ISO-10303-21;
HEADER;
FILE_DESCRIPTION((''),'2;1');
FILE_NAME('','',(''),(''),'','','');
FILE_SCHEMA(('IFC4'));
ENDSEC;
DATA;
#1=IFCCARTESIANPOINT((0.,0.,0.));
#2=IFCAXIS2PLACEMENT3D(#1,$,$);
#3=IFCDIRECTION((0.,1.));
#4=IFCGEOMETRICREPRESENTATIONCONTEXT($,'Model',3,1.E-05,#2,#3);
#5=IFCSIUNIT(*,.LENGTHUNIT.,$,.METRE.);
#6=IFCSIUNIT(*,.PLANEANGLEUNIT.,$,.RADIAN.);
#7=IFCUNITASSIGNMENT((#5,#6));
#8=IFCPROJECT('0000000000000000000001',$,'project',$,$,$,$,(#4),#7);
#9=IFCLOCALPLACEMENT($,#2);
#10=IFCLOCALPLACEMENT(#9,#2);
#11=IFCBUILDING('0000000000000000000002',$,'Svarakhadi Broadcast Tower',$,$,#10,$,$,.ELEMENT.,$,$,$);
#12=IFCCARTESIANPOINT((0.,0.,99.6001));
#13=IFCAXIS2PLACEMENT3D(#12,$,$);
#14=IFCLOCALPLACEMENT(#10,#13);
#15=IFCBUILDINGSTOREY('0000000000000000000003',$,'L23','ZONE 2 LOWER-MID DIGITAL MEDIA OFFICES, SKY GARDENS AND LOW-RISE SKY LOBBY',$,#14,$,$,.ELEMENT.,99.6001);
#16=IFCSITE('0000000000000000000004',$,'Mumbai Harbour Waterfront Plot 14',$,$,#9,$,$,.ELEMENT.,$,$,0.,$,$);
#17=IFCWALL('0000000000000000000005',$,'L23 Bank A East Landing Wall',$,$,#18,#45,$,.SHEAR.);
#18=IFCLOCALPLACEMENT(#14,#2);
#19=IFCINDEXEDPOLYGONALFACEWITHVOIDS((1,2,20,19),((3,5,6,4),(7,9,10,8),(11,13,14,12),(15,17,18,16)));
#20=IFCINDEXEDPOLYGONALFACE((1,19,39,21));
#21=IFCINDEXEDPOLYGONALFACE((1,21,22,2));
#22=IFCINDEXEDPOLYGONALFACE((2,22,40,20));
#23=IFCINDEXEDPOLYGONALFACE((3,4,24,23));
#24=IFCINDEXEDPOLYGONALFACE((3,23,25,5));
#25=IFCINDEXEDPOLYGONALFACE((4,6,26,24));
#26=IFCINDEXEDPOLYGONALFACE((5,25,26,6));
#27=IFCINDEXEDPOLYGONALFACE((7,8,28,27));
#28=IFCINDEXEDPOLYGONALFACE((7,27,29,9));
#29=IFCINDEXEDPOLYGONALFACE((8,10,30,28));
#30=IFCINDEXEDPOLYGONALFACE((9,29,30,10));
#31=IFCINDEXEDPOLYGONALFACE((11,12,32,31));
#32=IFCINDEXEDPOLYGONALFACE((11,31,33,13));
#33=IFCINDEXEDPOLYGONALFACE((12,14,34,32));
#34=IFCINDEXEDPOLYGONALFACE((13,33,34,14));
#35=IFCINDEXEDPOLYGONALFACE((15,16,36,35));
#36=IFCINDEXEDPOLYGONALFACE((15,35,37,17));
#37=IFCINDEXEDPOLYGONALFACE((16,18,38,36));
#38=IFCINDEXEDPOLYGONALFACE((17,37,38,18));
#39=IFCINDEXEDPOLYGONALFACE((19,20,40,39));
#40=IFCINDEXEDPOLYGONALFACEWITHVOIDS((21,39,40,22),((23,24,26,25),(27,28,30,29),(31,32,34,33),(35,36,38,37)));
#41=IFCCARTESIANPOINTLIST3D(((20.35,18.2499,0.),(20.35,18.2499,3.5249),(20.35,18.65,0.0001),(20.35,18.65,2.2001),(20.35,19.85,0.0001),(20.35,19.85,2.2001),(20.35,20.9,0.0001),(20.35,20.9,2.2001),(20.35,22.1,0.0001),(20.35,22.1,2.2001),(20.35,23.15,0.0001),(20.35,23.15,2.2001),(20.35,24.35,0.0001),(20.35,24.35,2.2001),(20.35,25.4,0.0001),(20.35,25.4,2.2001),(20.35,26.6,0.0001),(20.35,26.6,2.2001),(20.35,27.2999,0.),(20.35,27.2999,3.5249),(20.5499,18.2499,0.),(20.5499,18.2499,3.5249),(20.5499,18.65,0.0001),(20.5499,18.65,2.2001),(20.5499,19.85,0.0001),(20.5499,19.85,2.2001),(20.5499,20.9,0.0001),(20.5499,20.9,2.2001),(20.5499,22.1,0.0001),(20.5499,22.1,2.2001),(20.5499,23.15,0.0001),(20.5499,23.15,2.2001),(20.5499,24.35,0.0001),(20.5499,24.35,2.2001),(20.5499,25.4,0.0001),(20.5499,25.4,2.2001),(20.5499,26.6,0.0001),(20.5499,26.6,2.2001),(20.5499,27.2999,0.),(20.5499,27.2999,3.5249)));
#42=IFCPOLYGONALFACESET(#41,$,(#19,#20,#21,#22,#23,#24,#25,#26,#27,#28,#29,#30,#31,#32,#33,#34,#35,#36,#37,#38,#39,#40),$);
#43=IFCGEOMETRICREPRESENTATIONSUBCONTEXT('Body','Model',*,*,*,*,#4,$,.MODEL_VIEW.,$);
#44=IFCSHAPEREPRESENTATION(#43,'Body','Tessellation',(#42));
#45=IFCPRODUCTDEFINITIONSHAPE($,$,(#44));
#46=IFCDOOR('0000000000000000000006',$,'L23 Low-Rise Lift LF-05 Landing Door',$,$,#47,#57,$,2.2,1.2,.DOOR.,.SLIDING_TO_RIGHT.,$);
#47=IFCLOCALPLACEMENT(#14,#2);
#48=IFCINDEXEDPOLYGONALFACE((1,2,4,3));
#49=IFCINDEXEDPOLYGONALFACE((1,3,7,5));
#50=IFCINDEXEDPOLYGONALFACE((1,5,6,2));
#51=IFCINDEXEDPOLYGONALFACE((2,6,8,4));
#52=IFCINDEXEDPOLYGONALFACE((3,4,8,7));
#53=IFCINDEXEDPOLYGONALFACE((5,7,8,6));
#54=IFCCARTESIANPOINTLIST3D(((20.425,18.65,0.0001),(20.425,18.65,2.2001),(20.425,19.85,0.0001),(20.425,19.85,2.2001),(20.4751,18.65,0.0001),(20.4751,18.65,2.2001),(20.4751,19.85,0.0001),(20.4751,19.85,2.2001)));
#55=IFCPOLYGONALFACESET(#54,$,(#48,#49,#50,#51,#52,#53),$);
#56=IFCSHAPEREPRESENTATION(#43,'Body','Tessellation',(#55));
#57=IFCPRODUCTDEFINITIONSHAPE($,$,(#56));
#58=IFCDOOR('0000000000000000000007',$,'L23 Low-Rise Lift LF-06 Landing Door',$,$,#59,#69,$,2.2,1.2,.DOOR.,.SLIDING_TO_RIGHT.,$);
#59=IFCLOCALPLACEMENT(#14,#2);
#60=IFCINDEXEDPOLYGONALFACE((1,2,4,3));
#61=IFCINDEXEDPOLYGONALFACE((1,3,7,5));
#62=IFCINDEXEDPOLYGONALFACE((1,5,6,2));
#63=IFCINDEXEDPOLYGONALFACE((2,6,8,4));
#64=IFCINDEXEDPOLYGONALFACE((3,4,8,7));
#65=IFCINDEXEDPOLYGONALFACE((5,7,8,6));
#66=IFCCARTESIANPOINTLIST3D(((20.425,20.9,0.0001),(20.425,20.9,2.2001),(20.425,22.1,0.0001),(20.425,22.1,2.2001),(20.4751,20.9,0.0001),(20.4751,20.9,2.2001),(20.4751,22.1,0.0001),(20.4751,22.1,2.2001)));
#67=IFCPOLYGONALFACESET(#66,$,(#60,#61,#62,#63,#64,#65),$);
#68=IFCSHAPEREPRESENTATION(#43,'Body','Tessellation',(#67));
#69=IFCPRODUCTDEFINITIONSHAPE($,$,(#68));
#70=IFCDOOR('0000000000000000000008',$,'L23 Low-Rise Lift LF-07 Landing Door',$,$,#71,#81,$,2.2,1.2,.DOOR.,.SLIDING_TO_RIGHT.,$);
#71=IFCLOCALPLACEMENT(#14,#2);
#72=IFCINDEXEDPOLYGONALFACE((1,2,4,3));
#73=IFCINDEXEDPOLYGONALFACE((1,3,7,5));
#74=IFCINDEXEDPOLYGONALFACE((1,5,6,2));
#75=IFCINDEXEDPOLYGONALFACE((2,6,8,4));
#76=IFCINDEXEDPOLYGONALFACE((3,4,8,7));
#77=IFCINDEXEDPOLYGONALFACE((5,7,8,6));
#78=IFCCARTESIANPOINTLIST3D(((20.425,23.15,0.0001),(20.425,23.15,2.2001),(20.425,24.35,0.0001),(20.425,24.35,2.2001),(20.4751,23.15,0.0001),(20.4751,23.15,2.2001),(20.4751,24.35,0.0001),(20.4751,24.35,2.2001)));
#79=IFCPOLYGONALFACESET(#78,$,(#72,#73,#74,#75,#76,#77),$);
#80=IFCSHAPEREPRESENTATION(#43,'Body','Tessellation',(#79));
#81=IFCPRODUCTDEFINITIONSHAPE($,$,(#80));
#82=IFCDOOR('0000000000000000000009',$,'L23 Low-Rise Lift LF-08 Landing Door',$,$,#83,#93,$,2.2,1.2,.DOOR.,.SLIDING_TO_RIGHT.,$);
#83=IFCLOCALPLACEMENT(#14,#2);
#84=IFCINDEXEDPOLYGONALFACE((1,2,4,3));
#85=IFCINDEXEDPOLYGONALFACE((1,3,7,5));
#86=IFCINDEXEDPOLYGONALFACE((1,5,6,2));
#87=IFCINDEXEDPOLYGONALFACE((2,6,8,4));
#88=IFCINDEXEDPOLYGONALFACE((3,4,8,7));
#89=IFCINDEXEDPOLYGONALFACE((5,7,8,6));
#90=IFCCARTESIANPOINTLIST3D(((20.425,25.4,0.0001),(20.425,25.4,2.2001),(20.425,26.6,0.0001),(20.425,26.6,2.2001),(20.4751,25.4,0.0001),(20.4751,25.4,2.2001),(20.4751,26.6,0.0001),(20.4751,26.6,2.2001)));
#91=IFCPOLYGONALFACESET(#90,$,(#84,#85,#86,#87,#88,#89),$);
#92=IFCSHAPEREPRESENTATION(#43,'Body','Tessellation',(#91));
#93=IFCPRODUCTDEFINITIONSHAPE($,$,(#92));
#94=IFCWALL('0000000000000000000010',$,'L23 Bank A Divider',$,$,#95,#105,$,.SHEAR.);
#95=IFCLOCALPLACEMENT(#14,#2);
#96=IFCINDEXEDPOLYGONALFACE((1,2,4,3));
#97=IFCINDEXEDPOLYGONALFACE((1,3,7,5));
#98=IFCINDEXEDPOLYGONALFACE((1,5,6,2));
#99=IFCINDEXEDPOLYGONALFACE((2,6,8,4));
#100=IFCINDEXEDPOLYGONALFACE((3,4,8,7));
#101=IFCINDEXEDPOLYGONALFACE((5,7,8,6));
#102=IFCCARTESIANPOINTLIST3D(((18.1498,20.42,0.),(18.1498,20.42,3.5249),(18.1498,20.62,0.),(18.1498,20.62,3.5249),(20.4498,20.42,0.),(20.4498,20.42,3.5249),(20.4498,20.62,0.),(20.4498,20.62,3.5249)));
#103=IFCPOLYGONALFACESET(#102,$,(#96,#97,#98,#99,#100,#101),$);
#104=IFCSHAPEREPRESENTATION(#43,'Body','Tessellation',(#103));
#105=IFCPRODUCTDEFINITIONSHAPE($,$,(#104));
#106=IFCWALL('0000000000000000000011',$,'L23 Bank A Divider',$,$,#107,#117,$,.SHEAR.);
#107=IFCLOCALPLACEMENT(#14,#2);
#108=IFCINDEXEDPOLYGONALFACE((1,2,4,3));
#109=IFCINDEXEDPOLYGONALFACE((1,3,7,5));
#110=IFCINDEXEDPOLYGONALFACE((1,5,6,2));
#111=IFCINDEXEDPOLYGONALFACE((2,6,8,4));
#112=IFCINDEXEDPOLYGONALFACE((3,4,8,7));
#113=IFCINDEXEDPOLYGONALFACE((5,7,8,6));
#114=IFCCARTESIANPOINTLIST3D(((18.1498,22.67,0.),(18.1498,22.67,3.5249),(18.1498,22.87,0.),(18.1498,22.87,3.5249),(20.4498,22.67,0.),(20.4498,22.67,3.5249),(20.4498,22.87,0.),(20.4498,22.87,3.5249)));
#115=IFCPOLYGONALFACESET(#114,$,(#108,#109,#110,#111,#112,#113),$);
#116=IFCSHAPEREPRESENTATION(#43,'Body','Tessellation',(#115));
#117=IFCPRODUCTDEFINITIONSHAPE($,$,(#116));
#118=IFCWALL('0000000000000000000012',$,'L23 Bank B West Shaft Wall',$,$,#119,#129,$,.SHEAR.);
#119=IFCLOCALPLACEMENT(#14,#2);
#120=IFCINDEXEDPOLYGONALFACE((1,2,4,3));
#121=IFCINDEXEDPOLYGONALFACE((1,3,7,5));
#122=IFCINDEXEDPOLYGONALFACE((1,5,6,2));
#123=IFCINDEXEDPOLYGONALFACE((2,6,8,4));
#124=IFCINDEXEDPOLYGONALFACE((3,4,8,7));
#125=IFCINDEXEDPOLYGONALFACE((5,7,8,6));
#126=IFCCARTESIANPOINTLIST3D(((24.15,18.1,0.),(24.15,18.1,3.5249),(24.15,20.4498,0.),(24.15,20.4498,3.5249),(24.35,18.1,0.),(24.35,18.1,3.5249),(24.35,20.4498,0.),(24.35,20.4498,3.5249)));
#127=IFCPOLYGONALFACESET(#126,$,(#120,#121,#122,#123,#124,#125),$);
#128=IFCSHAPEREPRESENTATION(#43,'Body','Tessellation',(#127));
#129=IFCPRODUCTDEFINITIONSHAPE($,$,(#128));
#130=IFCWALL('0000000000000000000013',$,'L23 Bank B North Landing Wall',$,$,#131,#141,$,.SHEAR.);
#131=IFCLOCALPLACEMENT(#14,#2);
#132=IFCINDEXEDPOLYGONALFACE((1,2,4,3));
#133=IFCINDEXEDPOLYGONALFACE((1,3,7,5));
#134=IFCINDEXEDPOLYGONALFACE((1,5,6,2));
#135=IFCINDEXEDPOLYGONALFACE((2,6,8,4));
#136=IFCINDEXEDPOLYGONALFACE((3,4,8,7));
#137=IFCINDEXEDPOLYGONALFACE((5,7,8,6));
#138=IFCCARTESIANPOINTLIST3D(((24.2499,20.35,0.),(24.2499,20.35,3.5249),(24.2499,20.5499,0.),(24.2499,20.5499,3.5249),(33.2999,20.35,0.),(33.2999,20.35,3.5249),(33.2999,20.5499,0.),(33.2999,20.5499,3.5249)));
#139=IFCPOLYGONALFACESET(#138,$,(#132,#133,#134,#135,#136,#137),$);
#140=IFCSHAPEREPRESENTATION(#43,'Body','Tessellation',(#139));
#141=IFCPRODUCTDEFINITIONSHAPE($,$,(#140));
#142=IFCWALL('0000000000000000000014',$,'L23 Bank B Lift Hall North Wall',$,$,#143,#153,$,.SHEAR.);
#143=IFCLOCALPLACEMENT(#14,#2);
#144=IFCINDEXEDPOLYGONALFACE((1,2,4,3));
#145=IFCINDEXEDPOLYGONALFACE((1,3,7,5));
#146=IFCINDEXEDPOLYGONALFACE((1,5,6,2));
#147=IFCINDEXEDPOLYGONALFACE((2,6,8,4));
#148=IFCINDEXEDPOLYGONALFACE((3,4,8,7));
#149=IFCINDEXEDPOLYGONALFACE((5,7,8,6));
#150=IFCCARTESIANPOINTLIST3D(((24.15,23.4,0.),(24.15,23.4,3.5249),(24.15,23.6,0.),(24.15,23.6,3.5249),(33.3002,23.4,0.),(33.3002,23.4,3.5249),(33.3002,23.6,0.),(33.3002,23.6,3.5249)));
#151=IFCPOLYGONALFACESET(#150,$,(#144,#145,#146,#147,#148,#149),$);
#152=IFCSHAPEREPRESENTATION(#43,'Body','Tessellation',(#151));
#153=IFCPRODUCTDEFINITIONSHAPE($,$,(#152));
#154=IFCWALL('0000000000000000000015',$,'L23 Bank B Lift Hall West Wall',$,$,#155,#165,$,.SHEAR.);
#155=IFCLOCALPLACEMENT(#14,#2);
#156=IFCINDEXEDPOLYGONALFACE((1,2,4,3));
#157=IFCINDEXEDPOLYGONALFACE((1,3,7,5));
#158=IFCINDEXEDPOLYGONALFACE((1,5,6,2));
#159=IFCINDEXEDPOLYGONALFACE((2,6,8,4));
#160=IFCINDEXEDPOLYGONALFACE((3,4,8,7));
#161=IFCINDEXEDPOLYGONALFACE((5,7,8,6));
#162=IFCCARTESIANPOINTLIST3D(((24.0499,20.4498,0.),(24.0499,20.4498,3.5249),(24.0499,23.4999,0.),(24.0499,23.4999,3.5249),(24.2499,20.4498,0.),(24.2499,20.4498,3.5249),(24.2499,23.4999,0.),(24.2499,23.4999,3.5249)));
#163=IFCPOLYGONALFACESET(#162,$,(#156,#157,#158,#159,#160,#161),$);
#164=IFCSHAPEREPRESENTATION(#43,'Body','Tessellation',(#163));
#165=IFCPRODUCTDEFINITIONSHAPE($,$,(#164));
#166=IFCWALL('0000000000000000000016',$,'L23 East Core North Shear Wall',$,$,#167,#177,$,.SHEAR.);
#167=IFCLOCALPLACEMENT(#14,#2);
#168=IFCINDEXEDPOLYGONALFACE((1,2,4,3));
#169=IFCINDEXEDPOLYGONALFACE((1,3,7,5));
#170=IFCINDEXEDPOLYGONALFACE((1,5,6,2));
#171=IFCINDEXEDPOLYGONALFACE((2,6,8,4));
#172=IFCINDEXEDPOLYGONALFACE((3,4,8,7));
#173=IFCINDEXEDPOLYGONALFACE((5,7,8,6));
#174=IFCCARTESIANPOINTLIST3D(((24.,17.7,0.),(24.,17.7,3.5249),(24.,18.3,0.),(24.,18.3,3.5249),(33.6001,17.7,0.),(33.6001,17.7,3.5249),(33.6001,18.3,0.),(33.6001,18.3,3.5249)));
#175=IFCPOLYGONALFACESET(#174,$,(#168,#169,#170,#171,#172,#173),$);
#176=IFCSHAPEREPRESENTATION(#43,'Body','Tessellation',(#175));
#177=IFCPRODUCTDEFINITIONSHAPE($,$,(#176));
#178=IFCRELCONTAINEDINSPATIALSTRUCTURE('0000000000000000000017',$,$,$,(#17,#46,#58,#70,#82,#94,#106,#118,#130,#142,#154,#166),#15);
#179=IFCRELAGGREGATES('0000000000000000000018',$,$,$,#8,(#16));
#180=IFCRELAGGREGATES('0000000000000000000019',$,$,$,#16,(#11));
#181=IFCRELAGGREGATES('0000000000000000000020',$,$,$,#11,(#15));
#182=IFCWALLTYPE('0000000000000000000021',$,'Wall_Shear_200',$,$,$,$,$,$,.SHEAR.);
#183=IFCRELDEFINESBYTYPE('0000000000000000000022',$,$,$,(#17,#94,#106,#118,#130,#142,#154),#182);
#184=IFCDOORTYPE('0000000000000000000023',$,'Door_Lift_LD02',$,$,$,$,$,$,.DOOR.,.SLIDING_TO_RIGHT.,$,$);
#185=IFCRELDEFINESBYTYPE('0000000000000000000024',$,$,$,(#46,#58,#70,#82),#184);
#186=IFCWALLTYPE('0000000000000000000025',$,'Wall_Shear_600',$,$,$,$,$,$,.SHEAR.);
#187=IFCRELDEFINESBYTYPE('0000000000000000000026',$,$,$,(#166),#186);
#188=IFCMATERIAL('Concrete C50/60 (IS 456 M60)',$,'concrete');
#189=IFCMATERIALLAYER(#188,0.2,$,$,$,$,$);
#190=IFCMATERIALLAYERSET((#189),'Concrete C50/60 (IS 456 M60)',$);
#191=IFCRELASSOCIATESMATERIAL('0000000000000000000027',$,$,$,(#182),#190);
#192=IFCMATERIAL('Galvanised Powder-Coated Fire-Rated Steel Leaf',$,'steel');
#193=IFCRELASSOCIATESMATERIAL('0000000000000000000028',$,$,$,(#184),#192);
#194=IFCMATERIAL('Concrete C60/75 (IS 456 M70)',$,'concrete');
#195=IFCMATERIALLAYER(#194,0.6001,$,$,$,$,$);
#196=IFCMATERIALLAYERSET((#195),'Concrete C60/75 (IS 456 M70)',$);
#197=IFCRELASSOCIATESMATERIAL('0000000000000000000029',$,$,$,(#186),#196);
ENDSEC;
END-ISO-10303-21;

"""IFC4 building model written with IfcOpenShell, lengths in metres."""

from ifc_helpers import new_model, si_unit, direction, frame, frame_2d, origin, place, context, subcontext, project, spatial, rectangle, extrude, material, layer, layer_set, type_object, element, fill, save


model = new_model("IFC4")

# Units and contexts
model_context = context("Model", 3, precision=1e-05, world=origin(), true_north=direction((0.0, 1.0)))
body_context = subcontext(model_context, "Body", "Model", "MODEL_VIEW")
ifc_project = project(units=[si_unit("LENGTHUNIT", "METRE"), si_unit("PLANEANGLEUNIT", "RADIAN")], contexts=[model_context])

# Site, building, storey
site_placement = place(None, origin())
site = spatial("IfcSite", under=ifc_project, at=site_placement, Name="Mumbai Harbour Waterfront Plot 14", CompositionType="ELEMENT", RefElevation=0.0)
building_placement = place(site_placement, origin())
building = spatial("IfcBuilding", under=site, at=building_placement, Name="Svarakhadi Broadcast Tower", CompositionType="ELEMENT")
storey_placement = place(building_placement, frame((0.0, 0.0, 99.6001)))
storey = spatial("IfcBuildingStorey", under=building, at=storey_placement, Name="L23", Description="ZONE 2 LOWER-MID DIGITAL MEDIA OFFICES, SKY GARDENS AND LOW-RISE SKY LOBBY", CompositionType="ELEMENT", Elevation=99.6001)

# Shared definitions
ifc_material_1 = material(Name="Concrete C50/60 (IS 456 M60)", Category="concrete")
ifc_layer_1 = layer(ifc_material_1, 0.2)
ifc_layer_set_1 = layer_set([ifc_layer_1], Name="Concrete C50/60 (IS 456 M60)")
wall_type_1 = type_object("IfcWallType", Name="Wall_Shear_200", PredefinedType="SHEAR", material=ifc_layer_set_1)

# Wall, openings, doors
wall_1_placement = place(storey_placement, frame((20.45, 18.25, 0.0), z_axis=(0.0, 0.0, 1.0), x_axis=(0.0, 1.0, 0.0)))
wall_1 = element("IfcWall", 1, at=wall_1_placement, inside=storey, type_object=wall_type_1, Name="L23 Bank A East Landing Wall", PredefinedType="SHEAR", context=body_context, shape_type="SweptSolid", body=[
    extrude(rectangle(XDim=9.05, YDim=0.2, at=frame_2d((4.5249, 0.0))), origin(), (0.0, 0.0, 1.0), 3.5249),
])
opening_1_placement = place(wall_1_placement, frame((0.3999, 0.0, 0.0)))
opening_1 = element("IfcOpeningElement", 2, at=opening_1_placement, cuts=wall_1, PredefinedType="OPENING", context=body_context, shape_type="SweptSolid", body=[
    extrude(rectangle(XDim=1.2, YDim=2.2, at=frame_2d((0.6001, 1.1001))), frame((0.0, 0.1099, 0.0), z_axis=(0.0, -1.0, 0.0), x_axis=(1.0, 0.0, 0.0)), (0.0, 0.0, 1.0), 0.22),
])
opening_2_placement = place(wall_1_placement, frame((2.6499, 0.0, 0.0)))
opening_2 = element("IfcOpeningElement", 3, at=opening_2_placement, cuts=wall_1, PredefinedType="OPENING", context=body_context, shape_type="SweptSolid", body=[
    extrude(rectangle(XDim=1.2, YDim=2.2, at=frame_2d((0.6001, 1.1001))), frame((0.0, 0.1099, 0.0), z_axis=(0.0, -1.0, 0.0), x_axis=(1.0, 0.0, 0.0)), (0.0, 0.0, 1.0), 0.22),
])
opening_3_placement = place(wall_1_placement, frame((4.8999, 0.0, 0.0)))
opening_3 = element("IfcOpeningElement", 4, at=opening_3_placement, cuts=wall_1, PredefinedType="OPENING", context=body_context, shape_type="SweptSolid", body=[
    extrude(rectangle(XDim=1.2, YDim=2.2, at=frame_2d((0.6001, 1.1001))), frame((0.0, 0.1099, 0.0), z_axis=(0.0, -1.0, 0.0), x_axis=(1.0, 0.0, 0.0)), (0.0, 0.0, 1.0), 0.22),
])
opening_4_placement = place(wall_1_placement, frame((7.1499, 0.0, 0.0)))
opening_4 = element("IfcOpeningElement", 5, at=opening_4_placement, cuts=wall_1, PredefinedType="OPENING", context=body_context, shape_type="SweptSolid", body=[
    extrude(rectangle(XDim=1.2, YDim=2.2, at=frame_2d((0.6001, 1.1001))), frame((0.0, 0.1099, 0.0), z_axis=(0.0, -1.0, 0.0), x_axis=(1.0, 0.0, 0.0)), (0.0, 0.0, 1.0), 0.22),
])
ifc_material_2 = material(Name="Galvanised Powder-Coated Fire-Rated Steel Leaf", Category="steel")
door_type = type_object("IfcDoorType", Name="Door_Lift_LD02", OperationType="SLIDING_TO_RIGHT", PredefinedType="DOOR", material=ifc_material_2)
door_1_placement = place(opening_1_placement, origin())
door_1 = element("IfcDoor", 6, at=door_1_placement, inside=storey, type_object=door_type, Name="L23 Low-Rise Lift LF-05 Landing Door", OperationType="SLIDING_TO_RIGHT", OverallHeight=2.2, OverallWidth=1.2, PredefinedType="DOOR", context=body_context, shape_type="SweptSolid", body=[
    extrude(rectangle(XDim=1.2, YDim=2.2, at=frame_2d((0.6001, 1.1001))), frame((0.0, 0.0249, 0.0), z_axis=(0.0, -1.0, 0.0), x_axis=(1.0, 0.0, 0.0)), (0.0, 0.0, 1.0), 0.05),
])
fill(opening_1, door_1)
door_2_placement = place(opening_2_placement, origin())
door_2 = element("IfcDoor", 7, at=door_2_placement, inside=storey, type_object=door_type, Name="L23 Low-Rise Lift LF-06 Landing Door", OperationType="SLIDING_TO_RIGHT", OverallHeight=2.2, OverallWidth=1.2, PredefinedType="DOOR", context=body_context, shape_type="SweptSolid", body=[
    extrude(rectangle(XDim=1.2, YDim=2.2, at=frame_2d((0.6001, 1.1001))), frame((0.0, 0.0249, 0.0), z_axis=(0.0, -1.0, 0.0), x_axis=(1.0, 0.0, 0.0)), (0.0, 0.0, 1.0), 0.05),
])
fill(opening_2, door_2)
door_3_placement = place(opening_3_placement, origin())
door_3 = element("IfcDoor", 8, at=door_3_placement, inside=storey, type_object=door_type, Name="L23 Low-Rise Lift LF-07 Landing Door", OperationType="SLIDING_TO_RIGHT", OverallHeight=2.2, OverallWidth=1.2, PredefinedType="DOOR", context=body_context, shape_type="SweptSolid", body=[
    extrude(rectangle(XDim=1.2, YDim=2.2, at=frame_2d((0.6001, 1.1001))), frame((0.0, 0.0249, 0.0), z_axis=(0.0, -1.0, 0.0), x_axis=(1.0, 0.0, 0.0)), (0.0, 0.0, 1.0), 0.05),
])
fill(opening_3, door_3)
door_4_placement = place(opening_4_placement, origin())
door_4 = element("IfcDoor", 9, at=door_4_placement, inside=storey, type_object=door_type, Name="L23 Low-Rise Lift LF-08 Landing Door", OperationType="SLIDING_TO_RIGHT", OverallHeight=2.2, OverallWidth=1.2, PredefinedType="DOOR", context=body_context, shape_type="SweptSolid", body=[
    extrude(rectangle(XDim=1.2, YDim=2.2, at=frame_2d((0.6001, 1.1001))), frame((0.0, 0.0249, 0.0), z_axis=(0.0, -1.0, 0.0), x_axis=(1.0, 0.0, 0.0)), (0.0, 0.0, 1.0), 0.05),
])
fill(opening_4, door_4)

# Walls
for number, where, z_axis, x_axis, name in (
    (10, (18.1499, 20.52, 0.0), (0.0, 0.0, 1.0), (1.0, 0.0, 0.0), "L23 Bank A Divider"),
    (11, (18.1499, 22.77, 0.0), (0.0, 0.0, 1.0), (1.0, 0.0, 0.0), "L23 Bank A Divider"),
):
    element("IfcWall", number, at=place(storey_placement, frame(where, z_axis=z_axis, x_axis=x_axis)), inside=storey, type_object=wall_type_1, Name=name, PredefinedType="SHEAR", context=body_context, shape_type="SweptSolid", body=[
        extrude(rectangle(XDim=2.3, YDim=0.2, at=frame_2d((1.1499, 0.0))), origin(), (0.0, 0.0, 1.0), 3.5249),
    ])
wall_2_placement = place(storey_placement, frame((24.25, 18.1001, 0.0), z_axis=(0.0, 0.0, 1.0), x_axis=(0.0, 1.0, 0.0)))
element("IfcWall", 12, at=wall_2_placement, inside=storey, type_object=wall_type_1, Name="L23 Bank B West Shaft Wall", PredefinedType="SHEAR", context=body_context, shape_type="SweptSolid", body=[
    extrude(rectangle(XDim=2.3499, YDim=0.2, at=frame_2d((1.1748, 0.0))), origin(), (0.0, 0.0, 1.0), 3.5249),
])
wall_3_placement = place(storey_placement, frame((24.25, 20.45, 0.0), z_axis=(0.0, 0.0, 1.0), x_axis=(1.0, 0.0, 0.0)))
element("IfcWall", 13, at=wall_3_placement, inside=storey, type_object=wall_type_1, Name="L23 Bank B North Landing Wall", PredefinedType="SHEAR", context=body_context, shape_type="SweptSolid", body=[
    extrude(rectangle(XDim=9.05, YDim=0.2, at=frame_2d((4.5249, 0.0))), origin(), (0.0, 0.0, 1.0), 3.5249),
])
wall_4_placement = place(storey_placement, frame((24.1499, 23.5, 0.0), z_axis=(0.0, 0.0, 1.0), x_axis=(1.0, 0.0, 0.0)))
element("IfcWall", 14, at=wall_4_placement, inside=storey, type_object=wall_type_1, Name="L23 Bank B Lift Hall North Wall", PredefinedType="SHEAR", context=body_context, shape_type="SweptSolid", body=[
    extrude(rectangle(XDim=9.1501, YDim=0.2, at=frame_2d((4.5752, 0.0))), origin(), (0.0, 0.0, 1.0), 3.5249),
])
wall_5_placement = place(storey_placement, frame((24.1499, 20.45, 0.0), z_axis=(0.0, 0.0, 1.0), x_axis=(0.0, 1.0, 0.0)))
element("IfcWall", 15, at=wall_5_placement, inside=storey, type_object=wall_type_1, Name="L23 Bank B Lift Hall West Wall", PredefinedType="SHEAR", context=body_context, shape_type="SweptSolid", body=[
    extrude(rectangle(XDim=3.05, YDim=0.2, at=frame_2d((1.5249, 0.0))), origin(), (0.0, 0.0, 1.0), 3.5249),
])
ifc_material_3 = material(Name="Concrete C60/75 (IS 456 M70)", Category="concrete")
ifc_layer_2 = layer(ifc_material_3, 0.6001)
ifc_layer_set_2 = layer_set([ifc_layer_2], Name="Concrete C60/75 (IS 456 M70)")
wall_type_2 = type_object("IfcWallType", Name="Wall_Shear_600", PredefinedType="SHEAR", material=ifc_layer_set_2)
wall_6_placement = place(storey_placement, frame((24.0, 18.0, 0.0), z_axis=(0.0, 0.0, 1.0), x_axis=(1.0, 0.0, 0.0)))
element("IfcWall", 16, at=wall_6_placement, inside=storey, type_object=wall_type_2, Name="L23 East Core North Shear Wall", PredefinedType="SHEAR", context=body_context, shape_type="SweptSolid", body=[
    extrude(rectangle(XDim=9.6001, YDim=0.6001, at=frame_2d((4.8, 0.0))), origin(), (0.0, 0.0, 1.0), 3.5249),
])

save(model, "model.ifc")
